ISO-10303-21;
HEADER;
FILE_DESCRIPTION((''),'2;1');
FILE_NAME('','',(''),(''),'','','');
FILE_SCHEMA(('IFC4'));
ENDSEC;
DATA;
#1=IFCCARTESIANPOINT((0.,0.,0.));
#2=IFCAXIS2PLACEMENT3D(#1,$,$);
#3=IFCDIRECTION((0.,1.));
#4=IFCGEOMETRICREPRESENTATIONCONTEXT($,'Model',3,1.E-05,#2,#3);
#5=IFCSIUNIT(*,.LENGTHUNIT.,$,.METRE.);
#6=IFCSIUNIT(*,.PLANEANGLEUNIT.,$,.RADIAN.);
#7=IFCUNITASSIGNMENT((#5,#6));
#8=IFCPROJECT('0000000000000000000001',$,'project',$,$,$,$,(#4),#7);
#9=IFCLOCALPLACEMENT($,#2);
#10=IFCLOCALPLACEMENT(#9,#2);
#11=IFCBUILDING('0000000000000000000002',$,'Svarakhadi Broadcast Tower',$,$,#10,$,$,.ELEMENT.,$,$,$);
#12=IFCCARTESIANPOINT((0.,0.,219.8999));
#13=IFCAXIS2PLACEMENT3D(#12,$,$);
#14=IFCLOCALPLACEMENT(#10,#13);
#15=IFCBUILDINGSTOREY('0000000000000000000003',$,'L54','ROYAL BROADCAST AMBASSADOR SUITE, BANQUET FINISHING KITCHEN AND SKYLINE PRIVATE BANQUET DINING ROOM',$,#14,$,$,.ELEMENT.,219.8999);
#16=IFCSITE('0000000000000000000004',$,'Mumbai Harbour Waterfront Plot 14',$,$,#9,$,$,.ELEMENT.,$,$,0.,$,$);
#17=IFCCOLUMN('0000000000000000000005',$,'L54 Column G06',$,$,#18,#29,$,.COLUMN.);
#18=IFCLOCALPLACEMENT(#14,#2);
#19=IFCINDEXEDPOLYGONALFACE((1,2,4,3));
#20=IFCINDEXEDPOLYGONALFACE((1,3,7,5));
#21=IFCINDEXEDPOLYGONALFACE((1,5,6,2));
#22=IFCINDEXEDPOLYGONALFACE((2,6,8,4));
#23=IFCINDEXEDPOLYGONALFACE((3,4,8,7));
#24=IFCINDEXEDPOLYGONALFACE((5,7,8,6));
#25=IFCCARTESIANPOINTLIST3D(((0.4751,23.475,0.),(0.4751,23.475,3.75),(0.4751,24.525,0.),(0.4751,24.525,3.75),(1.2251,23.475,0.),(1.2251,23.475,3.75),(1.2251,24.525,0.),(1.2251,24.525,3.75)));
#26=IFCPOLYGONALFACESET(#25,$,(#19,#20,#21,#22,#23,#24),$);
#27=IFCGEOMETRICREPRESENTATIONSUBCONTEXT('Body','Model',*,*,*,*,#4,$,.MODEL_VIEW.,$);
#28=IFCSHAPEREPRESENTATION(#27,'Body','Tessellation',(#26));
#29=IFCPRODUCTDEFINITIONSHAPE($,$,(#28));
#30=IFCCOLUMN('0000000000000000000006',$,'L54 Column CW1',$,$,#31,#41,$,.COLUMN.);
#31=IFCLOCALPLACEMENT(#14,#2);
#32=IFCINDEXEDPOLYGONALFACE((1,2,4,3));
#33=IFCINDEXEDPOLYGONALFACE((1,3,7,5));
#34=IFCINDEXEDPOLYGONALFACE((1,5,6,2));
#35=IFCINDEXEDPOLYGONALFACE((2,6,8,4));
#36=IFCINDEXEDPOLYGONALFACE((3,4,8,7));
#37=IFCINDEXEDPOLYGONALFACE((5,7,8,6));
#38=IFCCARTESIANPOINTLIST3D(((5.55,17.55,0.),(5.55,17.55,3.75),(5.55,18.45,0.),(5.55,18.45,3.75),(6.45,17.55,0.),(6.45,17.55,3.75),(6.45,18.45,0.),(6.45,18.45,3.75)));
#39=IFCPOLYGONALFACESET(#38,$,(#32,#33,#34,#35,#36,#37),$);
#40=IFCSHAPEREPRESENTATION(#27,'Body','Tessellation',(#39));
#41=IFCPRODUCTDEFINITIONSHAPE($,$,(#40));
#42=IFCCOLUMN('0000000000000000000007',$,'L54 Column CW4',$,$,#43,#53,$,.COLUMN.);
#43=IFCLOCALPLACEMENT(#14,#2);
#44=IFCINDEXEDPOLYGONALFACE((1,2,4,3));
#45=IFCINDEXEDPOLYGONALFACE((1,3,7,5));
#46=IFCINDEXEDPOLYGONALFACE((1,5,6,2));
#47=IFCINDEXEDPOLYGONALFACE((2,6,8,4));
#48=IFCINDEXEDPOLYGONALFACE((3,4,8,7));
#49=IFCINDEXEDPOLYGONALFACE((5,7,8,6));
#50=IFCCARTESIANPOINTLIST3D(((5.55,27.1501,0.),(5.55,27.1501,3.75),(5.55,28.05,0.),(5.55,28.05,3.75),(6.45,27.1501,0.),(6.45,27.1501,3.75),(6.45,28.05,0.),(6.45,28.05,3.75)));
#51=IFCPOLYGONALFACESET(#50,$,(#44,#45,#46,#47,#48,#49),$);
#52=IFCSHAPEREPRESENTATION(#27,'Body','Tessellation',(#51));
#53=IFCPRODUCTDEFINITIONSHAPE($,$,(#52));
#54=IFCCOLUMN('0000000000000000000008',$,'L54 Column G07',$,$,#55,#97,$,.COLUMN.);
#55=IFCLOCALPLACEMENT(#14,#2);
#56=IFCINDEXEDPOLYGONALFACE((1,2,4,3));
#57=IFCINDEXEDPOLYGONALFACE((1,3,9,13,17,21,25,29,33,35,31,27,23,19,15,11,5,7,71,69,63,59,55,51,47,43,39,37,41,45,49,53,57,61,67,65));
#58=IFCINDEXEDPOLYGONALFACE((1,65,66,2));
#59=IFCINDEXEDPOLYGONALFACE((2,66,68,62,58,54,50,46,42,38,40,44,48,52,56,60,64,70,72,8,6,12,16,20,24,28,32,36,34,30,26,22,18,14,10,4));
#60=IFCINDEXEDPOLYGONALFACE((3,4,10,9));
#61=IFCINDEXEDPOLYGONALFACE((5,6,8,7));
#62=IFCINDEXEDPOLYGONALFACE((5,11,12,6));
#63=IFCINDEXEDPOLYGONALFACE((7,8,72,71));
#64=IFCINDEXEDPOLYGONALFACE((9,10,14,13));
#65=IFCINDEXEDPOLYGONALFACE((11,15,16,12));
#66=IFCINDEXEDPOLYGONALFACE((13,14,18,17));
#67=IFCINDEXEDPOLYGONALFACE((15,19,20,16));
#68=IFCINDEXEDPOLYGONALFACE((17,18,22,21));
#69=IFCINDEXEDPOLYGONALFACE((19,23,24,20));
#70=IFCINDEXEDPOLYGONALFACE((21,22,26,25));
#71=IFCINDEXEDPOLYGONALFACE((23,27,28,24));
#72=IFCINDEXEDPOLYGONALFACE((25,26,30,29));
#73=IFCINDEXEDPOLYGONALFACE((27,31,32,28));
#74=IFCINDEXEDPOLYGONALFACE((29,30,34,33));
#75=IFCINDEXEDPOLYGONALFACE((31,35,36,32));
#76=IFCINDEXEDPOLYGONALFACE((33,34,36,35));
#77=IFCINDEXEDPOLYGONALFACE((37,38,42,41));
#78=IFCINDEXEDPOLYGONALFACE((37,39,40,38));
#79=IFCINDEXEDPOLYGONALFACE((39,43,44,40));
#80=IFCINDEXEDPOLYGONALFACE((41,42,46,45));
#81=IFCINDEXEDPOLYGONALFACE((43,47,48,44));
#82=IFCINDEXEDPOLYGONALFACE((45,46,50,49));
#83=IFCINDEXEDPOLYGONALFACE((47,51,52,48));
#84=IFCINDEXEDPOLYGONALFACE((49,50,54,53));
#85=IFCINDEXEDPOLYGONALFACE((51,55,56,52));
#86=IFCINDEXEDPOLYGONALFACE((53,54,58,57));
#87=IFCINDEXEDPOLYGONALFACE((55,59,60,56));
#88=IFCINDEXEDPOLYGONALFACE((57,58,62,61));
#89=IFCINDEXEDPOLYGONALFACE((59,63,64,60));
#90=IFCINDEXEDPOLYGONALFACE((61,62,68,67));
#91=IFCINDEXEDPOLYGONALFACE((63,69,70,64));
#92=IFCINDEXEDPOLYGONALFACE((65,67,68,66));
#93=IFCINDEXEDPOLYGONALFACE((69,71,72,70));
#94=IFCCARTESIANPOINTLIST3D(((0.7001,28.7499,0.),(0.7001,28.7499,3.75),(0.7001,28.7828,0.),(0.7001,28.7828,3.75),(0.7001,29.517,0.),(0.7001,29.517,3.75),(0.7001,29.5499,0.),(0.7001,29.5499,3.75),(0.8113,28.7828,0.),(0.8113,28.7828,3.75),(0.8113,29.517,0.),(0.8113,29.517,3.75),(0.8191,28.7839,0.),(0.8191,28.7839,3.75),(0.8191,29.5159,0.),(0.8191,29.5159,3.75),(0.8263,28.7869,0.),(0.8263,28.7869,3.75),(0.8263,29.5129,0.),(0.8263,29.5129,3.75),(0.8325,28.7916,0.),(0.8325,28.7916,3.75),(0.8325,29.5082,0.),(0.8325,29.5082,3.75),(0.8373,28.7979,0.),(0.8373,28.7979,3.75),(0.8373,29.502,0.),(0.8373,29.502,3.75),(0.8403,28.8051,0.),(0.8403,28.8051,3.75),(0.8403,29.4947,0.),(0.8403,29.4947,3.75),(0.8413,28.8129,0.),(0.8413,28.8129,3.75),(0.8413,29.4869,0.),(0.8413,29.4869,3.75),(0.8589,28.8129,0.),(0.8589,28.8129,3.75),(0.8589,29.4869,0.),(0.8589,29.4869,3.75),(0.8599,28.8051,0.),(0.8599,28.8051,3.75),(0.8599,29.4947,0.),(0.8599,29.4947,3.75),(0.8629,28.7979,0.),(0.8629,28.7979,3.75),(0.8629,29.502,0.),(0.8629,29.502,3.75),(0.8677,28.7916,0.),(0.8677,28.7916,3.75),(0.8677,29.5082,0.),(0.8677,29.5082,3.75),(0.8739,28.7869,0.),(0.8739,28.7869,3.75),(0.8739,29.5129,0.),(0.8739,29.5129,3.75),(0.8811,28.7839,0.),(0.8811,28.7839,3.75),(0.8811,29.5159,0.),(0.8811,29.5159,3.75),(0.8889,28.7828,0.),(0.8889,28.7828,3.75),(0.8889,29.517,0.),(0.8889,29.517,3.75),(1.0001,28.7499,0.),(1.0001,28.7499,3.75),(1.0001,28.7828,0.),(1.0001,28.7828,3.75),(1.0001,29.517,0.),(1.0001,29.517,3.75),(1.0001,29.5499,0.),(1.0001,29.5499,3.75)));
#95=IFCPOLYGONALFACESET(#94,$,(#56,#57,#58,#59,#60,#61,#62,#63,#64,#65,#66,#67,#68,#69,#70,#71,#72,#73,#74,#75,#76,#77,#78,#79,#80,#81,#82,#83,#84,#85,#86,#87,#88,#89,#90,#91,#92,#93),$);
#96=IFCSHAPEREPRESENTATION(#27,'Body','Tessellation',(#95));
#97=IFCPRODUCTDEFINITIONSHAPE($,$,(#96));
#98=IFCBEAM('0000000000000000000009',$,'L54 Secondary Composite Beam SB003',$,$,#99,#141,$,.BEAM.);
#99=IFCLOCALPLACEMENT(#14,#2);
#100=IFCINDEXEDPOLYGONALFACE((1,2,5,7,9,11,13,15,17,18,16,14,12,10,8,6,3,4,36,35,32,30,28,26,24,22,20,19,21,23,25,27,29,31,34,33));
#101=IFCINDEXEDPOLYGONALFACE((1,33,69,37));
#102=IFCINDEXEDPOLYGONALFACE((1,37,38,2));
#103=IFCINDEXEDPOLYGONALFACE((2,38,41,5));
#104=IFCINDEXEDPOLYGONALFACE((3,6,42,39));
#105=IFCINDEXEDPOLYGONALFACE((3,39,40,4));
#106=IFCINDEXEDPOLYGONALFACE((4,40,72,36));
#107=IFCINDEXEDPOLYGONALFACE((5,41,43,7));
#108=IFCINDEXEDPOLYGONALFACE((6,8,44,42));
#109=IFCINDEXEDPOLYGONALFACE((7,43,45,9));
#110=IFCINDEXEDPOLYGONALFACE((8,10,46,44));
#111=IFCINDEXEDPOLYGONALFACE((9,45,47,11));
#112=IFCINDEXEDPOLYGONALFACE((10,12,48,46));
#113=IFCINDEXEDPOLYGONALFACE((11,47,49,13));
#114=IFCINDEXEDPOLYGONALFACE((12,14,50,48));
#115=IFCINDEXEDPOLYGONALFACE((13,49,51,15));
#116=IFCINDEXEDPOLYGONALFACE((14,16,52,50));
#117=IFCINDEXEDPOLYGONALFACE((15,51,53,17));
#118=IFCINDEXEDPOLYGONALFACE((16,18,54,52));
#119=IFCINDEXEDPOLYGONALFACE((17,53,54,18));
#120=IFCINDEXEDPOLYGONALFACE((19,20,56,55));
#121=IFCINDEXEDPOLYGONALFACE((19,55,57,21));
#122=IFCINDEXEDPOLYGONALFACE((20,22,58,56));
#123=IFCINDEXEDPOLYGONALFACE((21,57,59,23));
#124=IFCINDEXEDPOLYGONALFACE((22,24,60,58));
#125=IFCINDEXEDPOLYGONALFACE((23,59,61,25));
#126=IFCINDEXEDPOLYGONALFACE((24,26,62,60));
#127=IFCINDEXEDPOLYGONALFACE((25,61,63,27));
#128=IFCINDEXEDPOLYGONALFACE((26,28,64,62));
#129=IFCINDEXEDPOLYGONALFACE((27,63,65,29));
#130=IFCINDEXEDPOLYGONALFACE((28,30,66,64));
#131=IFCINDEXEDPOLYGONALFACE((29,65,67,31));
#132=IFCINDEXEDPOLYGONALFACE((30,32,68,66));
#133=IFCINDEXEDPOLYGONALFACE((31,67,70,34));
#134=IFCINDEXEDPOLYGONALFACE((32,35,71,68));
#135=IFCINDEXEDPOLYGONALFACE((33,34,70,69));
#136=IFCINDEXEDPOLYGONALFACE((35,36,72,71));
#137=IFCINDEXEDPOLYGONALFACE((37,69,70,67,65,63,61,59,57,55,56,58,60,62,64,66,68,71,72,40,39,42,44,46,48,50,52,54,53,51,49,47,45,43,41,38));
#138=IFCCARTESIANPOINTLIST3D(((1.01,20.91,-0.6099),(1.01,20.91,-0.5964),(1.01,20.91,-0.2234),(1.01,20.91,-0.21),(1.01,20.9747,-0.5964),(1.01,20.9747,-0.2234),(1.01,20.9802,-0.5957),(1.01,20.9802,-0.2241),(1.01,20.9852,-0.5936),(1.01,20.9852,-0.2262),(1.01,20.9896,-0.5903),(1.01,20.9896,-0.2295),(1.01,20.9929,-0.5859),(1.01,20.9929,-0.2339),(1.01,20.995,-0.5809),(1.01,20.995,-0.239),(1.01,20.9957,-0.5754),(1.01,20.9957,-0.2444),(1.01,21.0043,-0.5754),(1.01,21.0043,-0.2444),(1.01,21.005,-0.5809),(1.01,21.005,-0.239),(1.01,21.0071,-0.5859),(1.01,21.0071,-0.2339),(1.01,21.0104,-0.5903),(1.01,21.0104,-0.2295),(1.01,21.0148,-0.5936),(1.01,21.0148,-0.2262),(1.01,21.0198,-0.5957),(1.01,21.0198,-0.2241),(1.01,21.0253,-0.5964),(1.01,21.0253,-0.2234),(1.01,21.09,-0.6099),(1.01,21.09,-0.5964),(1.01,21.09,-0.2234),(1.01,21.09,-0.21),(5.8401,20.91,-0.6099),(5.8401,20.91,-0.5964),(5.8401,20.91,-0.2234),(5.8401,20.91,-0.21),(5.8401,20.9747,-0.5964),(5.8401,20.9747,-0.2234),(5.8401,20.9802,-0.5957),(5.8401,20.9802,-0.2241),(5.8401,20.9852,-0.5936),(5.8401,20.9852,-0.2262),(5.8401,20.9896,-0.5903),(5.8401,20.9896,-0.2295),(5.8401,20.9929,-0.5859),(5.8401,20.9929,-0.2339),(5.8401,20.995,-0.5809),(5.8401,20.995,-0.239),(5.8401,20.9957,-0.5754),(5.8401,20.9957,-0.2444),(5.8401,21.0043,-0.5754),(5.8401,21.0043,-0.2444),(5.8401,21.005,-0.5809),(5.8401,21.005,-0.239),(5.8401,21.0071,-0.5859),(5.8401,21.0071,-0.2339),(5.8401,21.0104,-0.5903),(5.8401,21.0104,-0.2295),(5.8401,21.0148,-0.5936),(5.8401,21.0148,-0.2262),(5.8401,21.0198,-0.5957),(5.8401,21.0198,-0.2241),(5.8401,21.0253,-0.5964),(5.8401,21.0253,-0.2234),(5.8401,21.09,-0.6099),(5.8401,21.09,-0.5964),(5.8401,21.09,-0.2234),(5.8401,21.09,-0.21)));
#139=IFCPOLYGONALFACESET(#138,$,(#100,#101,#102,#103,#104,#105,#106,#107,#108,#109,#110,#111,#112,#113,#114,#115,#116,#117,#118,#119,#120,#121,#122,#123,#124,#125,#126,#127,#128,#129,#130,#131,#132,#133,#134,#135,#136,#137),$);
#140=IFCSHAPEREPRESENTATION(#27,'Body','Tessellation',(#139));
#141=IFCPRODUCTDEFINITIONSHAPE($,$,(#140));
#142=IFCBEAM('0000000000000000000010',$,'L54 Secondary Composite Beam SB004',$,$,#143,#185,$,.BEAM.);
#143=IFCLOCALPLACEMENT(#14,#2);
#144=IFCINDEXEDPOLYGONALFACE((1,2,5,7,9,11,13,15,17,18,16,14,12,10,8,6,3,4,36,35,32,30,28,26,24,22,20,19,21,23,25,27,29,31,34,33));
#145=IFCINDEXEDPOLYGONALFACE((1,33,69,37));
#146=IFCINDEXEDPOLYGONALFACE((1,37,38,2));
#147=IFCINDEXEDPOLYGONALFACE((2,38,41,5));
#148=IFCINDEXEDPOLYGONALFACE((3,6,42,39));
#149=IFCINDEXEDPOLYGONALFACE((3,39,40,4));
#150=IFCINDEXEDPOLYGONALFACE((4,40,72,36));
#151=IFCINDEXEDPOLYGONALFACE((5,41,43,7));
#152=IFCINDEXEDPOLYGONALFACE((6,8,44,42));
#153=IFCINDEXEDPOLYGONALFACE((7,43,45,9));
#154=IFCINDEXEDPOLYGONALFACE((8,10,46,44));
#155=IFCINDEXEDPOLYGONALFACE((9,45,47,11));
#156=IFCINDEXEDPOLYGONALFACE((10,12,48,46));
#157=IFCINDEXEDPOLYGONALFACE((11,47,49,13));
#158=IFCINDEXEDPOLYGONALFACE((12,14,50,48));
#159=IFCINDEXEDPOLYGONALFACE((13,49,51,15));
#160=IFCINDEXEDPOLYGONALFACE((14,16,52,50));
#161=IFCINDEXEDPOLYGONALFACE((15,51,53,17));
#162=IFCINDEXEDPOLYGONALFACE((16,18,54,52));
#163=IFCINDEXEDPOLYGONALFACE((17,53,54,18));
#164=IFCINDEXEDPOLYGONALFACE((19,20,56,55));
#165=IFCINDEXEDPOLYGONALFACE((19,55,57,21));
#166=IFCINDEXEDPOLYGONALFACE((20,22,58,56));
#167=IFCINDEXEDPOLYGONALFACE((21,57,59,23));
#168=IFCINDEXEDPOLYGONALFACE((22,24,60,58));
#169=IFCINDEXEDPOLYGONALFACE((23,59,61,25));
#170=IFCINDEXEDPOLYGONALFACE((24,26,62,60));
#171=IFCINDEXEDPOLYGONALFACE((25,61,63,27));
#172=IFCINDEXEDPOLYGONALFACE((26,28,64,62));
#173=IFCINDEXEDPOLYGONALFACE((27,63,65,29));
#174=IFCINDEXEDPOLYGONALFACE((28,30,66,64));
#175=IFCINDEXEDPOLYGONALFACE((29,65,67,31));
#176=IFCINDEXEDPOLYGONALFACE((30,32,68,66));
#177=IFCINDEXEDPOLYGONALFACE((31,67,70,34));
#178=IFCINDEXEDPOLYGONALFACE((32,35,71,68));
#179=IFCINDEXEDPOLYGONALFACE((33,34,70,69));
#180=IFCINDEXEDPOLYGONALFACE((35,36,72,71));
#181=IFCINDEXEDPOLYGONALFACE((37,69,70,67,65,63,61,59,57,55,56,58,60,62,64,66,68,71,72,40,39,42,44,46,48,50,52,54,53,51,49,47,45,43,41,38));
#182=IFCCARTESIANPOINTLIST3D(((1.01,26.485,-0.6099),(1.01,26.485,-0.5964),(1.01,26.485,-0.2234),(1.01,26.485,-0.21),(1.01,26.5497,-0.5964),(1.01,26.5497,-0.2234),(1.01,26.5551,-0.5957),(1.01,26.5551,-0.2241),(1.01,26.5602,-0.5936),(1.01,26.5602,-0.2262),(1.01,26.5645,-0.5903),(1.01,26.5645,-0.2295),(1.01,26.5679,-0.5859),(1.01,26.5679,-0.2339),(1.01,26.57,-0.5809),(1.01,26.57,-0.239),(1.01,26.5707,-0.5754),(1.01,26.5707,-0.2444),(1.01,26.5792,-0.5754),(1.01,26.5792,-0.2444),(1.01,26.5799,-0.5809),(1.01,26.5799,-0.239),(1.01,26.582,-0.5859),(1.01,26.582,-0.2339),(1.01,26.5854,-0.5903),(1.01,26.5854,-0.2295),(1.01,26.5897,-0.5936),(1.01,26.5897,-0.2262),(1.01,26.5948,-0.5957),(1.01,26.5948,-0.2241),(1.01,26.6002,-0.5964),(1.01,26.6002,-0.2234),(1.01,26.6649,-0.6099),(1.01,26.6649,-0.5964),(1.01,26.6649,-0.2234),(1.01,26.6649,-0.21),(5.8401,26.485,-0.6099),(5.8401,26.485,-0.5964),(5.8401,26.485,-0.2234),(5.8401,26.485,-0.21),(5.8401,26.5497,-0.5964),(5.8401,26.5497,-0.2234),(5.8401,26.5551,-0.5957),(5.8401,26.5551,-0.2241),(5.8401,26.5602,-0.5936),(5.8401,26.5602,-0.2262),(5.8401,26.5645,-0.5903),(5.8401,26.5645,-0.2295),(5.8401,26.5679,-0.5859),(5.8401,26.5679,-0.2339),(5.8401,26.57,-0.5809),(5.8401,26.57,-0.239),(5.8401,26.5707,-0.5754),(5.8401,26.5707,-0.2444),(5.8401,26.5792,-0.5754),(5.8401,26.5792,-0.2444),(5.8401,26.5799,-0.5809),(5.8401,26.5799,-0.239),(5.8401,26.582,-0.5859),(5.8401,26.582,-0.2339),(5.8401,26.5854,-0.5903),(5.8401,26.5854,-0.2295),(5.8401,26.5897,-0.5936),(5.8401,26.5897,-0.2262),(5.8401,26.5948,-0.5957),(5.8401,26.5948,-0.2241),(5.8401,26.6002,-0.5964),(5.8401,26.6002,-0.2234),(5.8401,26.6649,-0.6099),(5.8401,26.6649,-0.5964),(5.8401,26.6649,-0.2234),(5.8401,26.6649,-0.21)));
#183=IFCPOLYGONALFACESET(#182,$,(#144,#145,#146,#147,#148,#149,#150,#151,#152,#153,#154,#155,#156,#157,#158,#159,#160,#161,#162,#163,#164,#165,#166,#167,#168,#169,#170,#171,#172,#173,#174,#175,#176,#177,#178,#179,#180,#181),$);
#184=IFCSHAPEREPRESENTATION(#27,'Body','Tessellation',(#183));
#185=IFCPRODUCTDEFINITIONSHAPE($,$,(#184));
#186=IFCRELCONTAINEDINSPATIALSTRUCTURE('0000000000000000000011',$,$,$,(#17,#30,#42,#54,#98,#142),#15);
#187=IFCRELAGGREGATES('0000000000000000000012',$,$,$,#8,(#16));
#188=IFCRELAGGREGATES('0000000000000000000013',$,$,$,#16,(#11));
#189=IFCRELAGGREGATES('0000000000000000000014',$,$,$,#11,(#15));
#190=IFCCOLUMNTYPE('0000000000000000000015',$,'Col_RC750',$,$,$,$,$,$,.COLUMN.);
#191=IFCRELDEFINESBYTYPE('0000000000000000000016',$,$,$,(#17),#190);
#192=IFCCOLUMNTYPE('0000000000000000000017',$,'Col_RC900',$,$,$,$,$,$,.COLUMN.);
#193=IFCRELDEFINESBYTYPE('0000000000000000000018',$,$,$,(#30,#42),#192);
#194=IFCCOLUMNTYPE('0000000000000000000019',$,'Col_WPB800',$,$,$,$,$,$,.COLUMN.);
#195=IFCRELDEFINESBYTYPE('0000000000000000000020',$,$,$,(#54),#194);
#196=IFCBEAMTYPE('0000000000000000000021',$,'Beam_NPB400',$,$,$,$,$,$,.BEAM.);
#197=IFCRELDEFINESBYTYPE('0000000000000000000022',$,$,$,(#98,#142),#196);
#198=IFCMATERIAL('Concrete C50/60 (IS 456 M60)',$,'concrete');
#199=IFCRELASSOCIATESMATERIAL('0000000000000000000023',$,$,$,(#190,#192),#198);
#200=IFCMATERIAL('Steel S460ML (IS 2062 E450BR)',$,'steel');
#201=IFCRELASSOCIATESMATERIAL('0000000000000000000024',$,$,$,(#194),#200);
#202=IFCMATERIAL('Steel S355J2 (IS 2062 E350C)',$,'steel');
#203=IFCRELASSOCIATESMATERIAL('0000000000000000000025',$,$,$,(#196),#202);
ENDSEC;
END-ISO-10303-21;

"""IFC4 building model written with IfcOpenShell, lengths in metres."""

from ifc_helpers import new_model, si_unit, direction, frame, origin, origin_2d, place, context, subcontext, project, spatial, rectangle, i_section, extrude, material, material_profile, profile_set, type_object, element, save


model = new_model("IFC4")

# Units and contexts
model_context = context("Model", 3, precision=1e-05, world=origin(), true_north=direction((0.0, 1.0)))
body_context = subcontext(model_context, "Body", "Model", "MODEL_VIEW")
ifc_project = project(units=[si_unit("LENGTHUNIT", "METRE"), si_unit("PLANEANGLEUNIT", "RADIAN")], contexts=[model_context])

# Site, building, storey
site_placement = place(None, origin())
site = spatial("IfcSite", under=ifc_project, at=site_placement, Name="Mumbai Harbour Waterfront Plot 14", CompositionType="ELEMENT", RefElevation=0.0)
building_placement = place(site_placement, origin())
building = spatial("IfcBuilding", under=site, at=building_placement, Name="Svarakhadi Broadcast Tower", CompositionType="ELEMENT")
storey_placement = place(building_placement, frame((0.0, 0.0, 219.8999)))
storey = spatial("IfcBuildingStorey", under=building, at=storey_placement, Name="L54", Description="ROYAL BROADCAST AMBASSADOR SUITE, BANQUET FINISHING KITCHEN AND SKYLINE PRIVATE BANQUET DINING ROOM", CompositionType="ELEMENT", Elevation=219.8999)

# Columns
ifc_material_1 = material(Name="Concrete C50/60 (IS 456 M60)", Category="concrete")
ifc_material_profile_1 = material_profile(ifc_material_1, rectangle(XDim=0.75, YDim=1.05, at=origin_2d()), Name="RC 750x1050")
ifc_profile_set_1 = profile_set([ifc_material_profile_1], Name="Concrete C50/60 (IS 456 M60)")
column_type_1 = type_object("IfcColumnType", Name="Col_RC750", PredefinedType="COLUMN", material=ifc_profile_set_1)
column_1_placement = place(storey_placement, frame((0.8501, 24.0, 0.0), z_axis=(0.0, 0.0, 1.0), x_axis=(1.0, 0.0, 0.0)))
element("IfcColumn", 1, at=column_1_placement, inside=storey, type_object=column_type_1, Name="L54 Column G06", PredefinedType="COLUMN", context=body_context, shape_type="SweptSolid", body=[
    extrude(rectangle(XDim=0.75, YDim=1.05, at=origin_2d()), origin(), (0.0, 0.0, 1.0), 3.75),
])
ifc_material_profile_2 = material_profile(ifc_material_1, rectangle(XDim=0.8999, YDim=0.8999, at=origin_2d()), Name="RC 900x900")
ifc_profile_set_2 = profile_set([ifc_material_profile_2], Name="Concrete C50/60 (IS 456 M60)")
column_type_2 = type_object("IfcColumnType", Name="Col_RC900", PredefinedType="COLUMN", material=ifc_profile_set_2)
for number, where, z_axis, x_axis, name in (
    (2, (6.0, 18.0, 0.0), (0.0, 0.0, 1.0), (1.0, 0.0, 0.0), "L54 Column CW1"),
    (3, (6.0, 27.6001, 0.0), (0.0, 0.0, 1.0), (1.0, 0.0, 0.0), "L54 Column CW4"),
):
    element("IfcColumn", number, at=place(storey_placement, frame(where, z_axis=z_axis, x_axis=x_axis)), inside=storey, type_object=column_type_2, Name=name, PredefinedType="COLUMN", context=body_context, shape_type="SweptSolid", body=[
        extrude(rectangle(XDim=0.8999, YDim=0.8999, at=origin_2d()), origin(), (0.0, 0.0, 1.0), 3.75),
    ])
ifc_material_2 = material(Name="Steel S460ML (IS 2062 E450BR)", Category="steel")
ifc_material_profile_3 = material_profile(ifc_material_2, i_section(OverallWidth=0.3, OverallDepth=0.8, WebThickness=0.0176, FlangeThickness=0.033, FilletRadius=0.03, at=origin_2d()), Name="WPB 800x300x262")
ifc_profile_set_3 = profile_set([ifc_material_profile_3], Name="Steel S460ML (IS 2062 E450BR)")
column_type_3 = type_object("IfcColumnType", Name="Col_WPB800", PredefinedType="COLUMN", material=ifc_profile_set_3)
column_2_placement = place(storey_placement, frame((0.8501, 29.1499, 0.0), z_axis=(0.0, 0.0, 1.0), x_axis=(1.0, 0.0, 0.0)))
element("IfcColumn", 4, at=column_2_placement, inside=storey, type_object=column_type_3, Name="L54 Column G07", PredefinedType="COLUMN", context=body_context, shape_type="SweptSolid", body=[
    extrude(i_section(OverallWidth=0.3, OverallDepth=0.8, WebThickness=0.0176, FlangeThickness=0.033, FilletRadius=0.03, at=origin_2d()), origin(), (0.0, 0.0, 1.0), 3.75),
])

# Beams
ifc_material_3 = material(Name="Steel S355J2 (IS 2062 E350C)", Category="steel")
ifc_material_profile_4 = material_profile(ifc_material_3, i_section(OverallWidth=0.1799, OverallDepth=0.3999, WebThickness=0.0085, FlangeThickness=0.0134, FilletRadius=0.021, at=origin_2d()), Name="NPB 400x180x66")
ifc_profile_set_4 = profile_set([ifc_material_profile_4], Name="Steel S355J2 (IS 2062 E350C)")
beam_type_1 = type_object("IfcBeamType", Name="Beam_NPB400", PredefinedType="BEAM", material=ifc_profile_set_4)
for number, where, z_axis, x_axis, name in (
    (5, (1.01, 21.0, -0.4099), (1.0, 0.0, 0.0), (0.0, 1.0, 0.0), "L54 Secondary Composite Beam SB003"),
    (6, (1.01, 26.575, -0.4099), (1.0, 0.0, 0.0), (0.0, 1.0, 0.0), "L54 Secondary Composite Beam SB004"),
):
    element("IfcBeam", number, at=place(storey_placement, frame(where, z_axis=z_axis, x_axis=x_axis)), inside=storey, type_object=beam_type_1, Name=name, PredefinedType="BEAM", context=body_context, shape_type="SweptSolid", body=[
        extrude(i_section(OverallWidth=0.1799, OverallDepth=0.3999, WebThickness=0.0085, FlangeThickness=0.0134, FilletRadius=0.021, at=origin_2d()), origin(), (0.0, 0.0, 1.0), 4.8301),
    ])

save(model, "model.ifc")
